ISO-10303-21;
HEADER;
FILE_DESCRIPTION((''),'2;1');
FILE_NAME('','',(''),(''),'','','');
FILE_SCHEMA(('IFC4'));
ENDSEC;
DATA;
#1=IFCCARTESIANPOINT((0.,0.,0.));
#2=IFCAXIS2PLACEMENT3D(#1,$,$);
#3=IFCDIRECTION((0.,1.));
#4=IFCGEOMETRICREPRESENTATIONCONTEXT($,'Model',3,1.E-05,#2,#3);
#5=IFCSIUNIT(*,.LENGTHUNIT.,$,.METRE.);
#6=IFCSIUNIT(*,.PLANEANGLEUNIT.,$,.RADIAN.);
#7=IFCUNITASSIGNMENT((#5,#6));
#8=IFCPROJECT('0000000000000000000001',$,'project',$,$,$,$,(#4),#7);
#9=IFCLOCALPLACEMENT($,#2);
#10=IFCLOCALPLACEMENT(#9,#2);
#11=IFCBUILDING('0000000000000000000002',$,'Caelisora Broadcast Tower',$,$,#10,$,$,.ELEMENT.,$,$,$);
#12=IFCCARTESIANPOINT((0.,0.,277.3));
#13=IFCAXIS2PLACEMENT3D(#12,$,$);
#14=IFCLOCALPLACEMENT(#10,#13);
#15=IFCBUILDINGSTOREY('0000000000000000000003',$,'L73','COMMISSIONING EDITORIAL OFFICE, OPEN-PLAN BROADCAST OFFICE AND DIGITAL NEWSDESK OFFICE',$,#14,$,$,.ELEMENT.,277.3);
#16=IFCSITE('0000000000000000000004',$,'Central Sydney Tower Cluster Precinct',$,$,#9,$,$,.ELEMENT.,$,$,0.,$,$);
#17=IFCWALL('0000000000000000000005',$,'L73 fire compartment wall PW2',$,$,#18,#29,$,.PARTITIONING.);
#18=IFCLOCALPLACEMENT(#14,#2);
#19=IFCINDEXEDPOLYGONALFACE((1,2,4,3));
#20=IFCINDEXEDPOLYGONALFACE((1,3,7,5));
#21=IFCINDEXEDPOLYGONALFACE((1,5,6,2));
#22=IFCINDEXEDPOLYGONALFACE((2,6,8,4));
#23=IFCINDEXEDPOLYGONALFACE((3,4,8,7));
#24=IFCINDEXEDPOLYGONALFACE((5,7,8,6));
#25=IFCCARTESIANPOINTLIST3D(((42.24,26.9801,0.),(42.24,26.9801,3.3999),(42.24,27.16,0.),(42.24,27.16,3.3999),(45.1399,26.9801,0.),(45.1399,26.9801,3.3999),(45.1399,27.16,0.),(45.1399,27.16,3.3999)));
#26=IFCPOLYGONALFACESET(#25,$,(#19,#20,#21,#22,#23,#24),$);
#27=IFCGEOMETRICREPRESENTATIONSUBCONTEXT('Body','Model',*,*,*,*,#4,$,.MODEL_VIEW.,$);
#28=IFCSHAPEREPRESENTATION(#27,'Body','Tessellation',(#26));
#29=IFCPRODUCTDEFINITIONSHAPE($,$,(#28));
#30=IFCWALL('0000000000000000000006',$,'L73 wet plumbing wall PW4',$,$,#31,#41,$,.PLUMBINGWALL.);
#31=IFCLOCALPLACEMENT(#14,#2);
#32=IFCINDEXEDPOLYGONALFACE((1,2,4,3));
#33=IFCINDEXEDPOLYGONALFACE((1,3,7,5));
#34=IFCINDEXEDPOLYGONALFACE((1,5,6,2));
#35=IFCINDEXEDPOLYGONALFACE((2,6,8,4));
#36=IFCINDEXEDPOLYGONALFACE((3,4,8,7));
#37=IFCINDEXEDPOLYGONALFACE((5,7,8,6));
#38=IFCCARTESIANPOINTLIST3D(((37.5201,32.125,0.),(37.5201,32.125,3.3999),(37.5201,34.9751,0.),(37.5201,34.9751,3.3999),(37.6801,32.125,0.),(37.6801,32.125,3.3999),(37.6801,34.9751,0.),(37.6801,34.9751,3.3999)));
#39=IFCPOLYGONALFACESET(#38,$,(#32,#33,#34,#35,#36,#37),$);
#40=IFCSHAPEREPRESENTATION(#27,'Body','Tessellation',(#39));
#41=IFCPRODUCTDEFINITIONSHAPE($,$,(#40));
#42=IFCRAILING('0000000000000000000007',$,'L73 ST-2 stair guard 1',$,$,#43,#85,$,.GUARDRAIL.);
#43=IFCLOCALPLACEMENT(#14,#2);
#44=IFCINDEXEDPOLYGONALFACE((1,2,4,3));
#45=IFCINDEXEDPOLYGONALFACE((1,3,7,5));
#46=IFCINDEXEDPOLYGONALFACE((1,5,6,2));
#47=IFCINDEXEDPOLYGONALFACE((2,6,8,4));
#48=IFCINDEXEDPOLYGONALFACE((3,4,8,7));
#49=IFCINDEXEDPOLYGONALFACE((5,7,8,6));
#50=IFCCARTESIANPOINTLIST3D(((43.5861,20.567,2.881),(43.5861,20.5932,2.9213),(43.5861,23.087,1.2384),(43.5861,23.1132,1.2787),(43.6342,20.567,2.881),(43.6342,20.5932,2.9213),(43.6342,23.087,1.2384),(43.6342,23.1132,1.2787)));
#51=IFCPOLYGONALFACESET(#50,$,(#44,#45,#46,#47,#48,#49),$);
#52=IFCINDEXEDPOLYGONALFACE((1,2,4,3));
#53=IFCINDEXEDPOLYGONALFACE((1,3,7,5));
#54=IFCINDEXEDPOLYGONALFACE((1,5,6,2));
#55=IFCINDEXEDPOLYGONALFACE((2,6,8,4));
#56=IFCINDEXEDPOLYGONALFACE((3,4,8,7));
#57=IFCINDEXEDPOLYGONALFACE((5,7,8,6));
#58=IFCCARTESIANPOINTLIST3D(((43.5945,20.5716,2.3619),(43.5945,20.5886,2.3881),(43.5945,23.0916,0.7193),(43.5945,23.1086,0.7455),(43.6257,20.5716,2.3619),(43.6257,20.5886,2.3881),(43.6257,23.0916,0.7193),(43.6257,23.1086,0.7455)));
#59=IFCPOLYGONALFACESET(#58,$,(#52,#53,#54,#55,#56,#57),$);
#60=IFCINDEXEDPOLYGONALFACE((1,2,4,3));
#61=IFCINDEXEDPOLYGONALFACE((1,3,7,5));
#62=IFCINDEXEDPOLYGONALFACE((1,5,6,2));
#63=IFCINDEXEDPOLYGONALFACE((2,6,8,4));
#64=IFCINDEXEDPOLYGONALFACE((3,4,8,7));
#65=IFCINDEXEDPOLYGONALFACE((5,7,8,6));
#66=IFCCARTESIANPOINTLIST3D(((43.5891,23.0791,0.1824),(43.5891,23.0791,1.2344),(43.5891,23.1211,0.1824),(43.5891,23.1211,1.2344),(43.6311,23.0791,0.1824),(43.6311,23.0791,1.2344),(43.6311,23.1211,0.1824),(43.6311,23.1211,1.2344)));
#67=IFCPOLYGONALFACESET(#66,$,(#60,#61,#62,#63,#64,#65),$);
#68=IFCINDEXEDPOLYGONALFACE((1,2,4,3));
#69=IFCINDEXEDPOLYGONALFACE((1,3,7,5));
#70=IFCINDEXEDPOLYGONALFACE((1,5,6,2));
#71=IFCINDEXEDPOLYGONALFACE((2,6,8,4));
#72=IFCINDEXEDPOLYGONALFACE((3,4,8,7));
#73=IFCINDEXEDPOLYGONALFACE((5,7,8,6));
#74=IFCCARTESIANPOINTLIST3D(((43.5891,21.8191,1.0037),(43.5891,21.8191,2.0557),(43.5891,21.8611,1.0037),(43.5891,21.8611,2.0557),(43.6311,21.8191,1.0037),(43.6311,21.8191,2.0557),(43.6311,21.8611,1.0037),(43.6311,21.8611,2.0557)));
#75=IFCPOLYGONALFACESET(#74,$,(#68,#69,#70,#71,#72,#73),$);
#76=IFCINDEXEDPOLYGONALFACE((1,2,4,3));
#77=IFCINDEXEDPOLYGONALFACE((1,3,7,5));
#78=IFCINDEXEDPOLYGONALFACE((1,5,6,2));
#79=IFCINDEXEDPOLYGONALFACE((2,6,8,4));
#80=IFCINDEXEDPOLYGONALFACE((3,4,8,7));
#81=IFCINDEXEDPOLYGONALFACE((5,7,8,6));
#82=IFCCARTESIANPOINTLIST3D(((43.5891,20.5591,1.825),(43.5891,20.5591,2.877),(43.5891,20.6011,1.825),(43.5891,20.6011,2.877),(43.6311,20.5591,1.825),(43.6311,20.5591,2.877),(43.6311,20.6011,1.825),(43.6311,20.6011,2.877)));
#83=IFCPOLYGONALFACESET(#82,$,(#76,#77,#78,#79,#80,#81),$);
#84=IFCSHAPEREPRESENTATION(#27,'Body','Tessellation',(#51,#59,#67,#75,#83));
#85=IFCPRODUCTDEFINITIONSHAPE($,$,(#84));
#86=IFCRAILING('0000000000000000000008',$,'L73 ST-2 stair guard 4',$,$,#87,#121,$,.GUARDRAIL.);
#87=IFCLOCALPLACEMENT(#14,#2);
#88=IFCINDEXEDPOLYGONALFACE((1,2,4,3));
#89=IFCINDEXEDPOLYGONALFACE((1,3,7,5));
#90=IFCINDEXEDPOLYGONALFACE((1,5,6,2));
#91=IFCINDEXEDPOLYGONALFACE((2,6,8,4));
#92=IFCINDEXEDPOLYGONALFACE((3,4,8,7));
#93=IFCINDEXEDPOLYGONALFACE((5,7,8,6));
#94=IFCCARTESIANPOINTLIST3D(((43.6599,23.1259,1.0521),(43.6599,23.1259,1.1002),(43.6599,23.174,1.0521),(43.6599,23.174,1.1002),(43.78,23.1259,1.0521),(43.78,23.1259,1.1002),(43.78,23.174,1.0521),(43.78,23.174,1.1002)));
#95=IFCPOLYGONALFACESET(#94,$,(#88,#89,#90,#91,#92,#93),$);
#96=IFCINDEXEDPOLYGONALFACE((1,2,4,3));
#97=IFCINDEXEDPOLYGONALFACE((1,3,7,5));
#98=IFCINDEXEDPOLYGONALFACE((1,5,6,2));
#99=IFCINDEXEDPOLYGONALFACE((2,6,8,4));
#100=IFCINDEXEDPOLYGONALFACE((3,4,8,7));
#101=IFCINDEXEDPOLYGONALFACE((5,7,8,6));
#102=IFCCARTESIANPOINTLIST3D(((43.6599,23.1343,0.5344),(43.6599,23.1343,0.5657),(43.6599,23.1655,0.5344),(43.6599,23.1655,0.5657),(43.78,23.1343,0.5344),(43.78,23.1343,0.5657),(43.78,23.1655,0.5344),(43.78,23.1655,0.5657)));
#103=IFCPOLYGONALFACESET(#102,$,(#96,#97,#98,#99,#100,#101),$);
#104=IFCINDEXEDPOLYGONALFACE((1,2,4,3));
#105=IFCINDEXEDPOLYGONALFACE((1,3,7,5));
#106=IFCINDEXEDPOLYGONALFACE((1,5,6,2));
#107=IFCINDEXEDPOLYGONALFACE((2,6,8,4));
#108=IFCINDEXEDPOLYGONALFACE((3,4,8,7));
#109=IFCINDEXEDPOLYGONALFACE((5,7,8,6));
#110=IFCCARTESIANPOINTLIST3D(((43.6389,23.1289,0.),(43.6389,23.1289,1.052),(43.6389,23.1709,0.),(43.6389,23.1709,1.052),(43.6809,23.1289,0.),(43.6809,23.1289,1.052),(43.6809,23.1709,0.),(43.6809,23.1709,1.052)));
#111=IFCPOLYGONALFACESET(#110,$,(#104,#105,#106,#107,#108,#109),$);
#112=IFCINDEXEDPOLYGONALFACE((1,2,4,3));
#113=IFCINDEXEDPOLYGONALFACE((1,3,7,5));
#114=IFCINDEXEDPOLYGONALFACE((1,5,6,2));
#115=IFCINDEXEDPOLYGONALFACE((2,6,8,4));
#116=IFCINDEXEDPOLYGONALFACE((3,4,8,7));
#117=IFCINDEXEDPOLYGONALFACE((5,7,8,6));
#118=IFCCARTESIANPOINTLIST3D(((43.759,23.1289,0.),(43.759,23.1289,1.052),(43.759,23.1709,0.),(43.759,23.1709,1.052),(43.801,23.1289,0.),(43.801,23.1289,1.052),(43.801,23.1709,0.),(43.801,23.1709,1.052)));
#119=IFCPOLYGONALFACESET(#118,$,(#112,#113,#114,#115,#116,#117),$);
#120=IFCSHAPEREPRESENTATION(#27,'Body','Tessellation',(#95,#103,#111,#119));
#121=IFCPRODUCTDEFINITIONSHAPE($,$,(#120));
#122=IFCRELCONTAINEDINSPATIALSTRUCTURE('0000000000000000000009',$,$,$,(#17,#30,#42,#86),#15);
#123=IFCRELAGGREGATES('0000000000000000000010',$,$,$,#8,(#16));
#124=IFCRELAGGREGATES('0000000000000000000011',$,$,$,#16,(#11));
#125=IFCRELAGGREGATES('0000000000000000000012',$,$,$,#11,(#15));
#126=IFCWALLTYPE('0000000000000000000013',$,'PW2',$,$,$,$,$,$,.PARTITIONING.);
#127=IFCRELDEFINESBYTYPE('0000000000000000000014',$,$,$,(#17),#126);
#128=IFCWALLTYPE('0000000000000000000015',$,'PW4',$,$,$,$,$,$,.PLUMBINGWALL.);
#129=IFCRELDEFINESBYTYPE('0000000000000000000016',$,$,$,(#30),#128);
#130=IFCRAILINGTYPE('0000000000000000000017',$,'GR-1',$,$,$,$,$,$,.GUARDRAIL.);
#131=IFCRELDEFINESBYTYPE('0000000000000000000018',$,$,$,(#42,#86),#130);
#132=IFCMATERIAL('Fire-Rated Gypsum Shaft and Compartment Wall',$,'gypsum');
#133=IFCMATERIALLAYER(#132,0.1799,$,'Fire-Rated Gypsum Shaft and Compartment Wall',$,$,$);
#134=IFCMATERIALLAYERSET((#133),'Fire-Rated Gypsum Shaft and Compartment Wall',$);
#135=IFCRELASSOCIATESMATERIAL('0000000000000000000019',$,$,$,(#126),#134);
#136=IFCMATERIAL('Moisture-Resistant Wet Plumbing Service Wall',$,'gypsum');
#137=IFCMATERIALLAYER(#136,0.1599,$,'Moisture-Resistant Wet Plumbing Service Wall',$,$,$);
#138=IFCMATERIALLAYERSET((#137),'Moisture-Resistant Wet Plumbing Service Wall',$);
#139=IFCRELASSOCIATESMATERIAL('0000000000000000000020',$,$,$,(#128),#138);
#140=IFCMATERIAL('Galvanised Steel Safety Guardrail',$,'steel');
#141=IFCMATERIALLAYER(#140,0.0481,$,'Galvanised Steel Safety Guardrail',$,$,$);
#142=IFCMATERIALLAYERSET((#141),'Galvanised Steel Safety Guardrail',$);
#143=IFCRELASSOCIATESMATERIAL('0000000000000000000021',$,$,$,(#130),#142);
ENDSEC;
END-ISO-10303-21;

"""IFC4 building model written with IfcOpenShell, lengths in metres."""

from ifc_helpers import new_model, si_unit, direction, frame, frame_2d, origin, origin_2d, place, context, subcontext, project, spatial, rectangle, extrude, material, layer, layer_set, type_object, element, save


model = new_model("IFC4")

# Units and contexts
model_context = context("Model", 3, precision=1e-05, world=origin(), true_north=direction((0.0, 1.0)))
body_context = subcontext(model_context, "Body", "Model", "MODEL_VIEW")
ifc_project = project(units=[si_unit("LENGTHUNIT", "METRE"), si_unit("PLANEANGLEUNIT", "RADIAN")], contexts=[model_context])

# Site, building, storey
site_placement = place(None, origin())
site = spatial("IfcSite", under=ifc_project, at=site_placement, Name="Central Sydney Tower Cluster Precinct", CompositionType="ELEMENT", RefElevation=0.0)
building_placement = place(site_placement, origin())
building = spatial("IfcBuilding", under=site, at=building_placement, Name="Caelisora Broadcast Tower", CompositionType="ELEMENT")
storey_placement = place(building_placement, frame((0.0, 0.0, 277.3)))
storey = spatial("IfcBuildingStorey", under=building, at=storey_placement, Name="L73", Description="COMMISSIONING EDITORIAL OFFICE, OPEN-PLAN BROADCAST OFFICE AND DIGITAL NEWSDESK OFFICE", CompositionType="ELEMENT", Elevation=277.3)

# Shared definitions
ifc_material_1 = material(Name="Fire-Rated Gypsum Shaft and Compartment Wall", Category="gypsum")
ifc_layer_1 = layer(ifc_material_1, 0.1799, Name="Fire-Rated Gypsum Shaft and Compartment Wall")
ifc_layer_set_1 = layer_set([ifc_layer_1], Name="Fire-Rated Gypsum Shaft and Compartment Wall")
wall_type_1 = type_object("IfcWallType", Name="PW2", PredefinedType="PARTITIONING", material=ifc_layer_set_1)

# Walls
wall_1_placement = place(storey_placement, frame((42.24, 27.0701, 0.0), z_axis=(0.0, 0.0, 1.0), x_axis=(1.0, 0.0, 0.0)))
element("IfcWall", 1, at=wall_1_placement, inside=storey, type_object=wall_type_1, Name="L73 fire compartment wall PW2", PredefinedType="PARTITIONING", context=body_context, shape_type="SweptSolid", body=[
    extrude(rectangle(XDim=2.8999, YDim=0.1799, at=frame_2d((1.45, 0.0))), origin(), (0.0, 0.0, 1.0), 3.3999),
])
ifc_material_2 = material(Name="Moisture-Resistant Wet Plumbing Service Wall", Category="gypsum")
ifc_layer_2 = layer(ifc_material_2, 0.1599, Name="Moisture-Resistant Wet Plumbing Service Wall")
ifc_layer_set_2 = layer_set([ifc_layer_2], Name="Moisture-Resistant Wet Plumbing Service Wall")
wall_type_2 = type_object("IfcWallType", Name="PW4", PredefinedType="PLUMBINGWALL", material=ifc_layer_set_2)
wall_2_placement = place(storey_placement, frame((37.6001, 32.125, 0.0), z_axis=(0.0, 0.0, 1.0), x_axis=(0.0, 1.0, 0.0)))
element("IfcWall", 2, at=wall_2_placement, inside=storey, type_object=wall_type_2, Name="L73 wet plumbing wall PW4", PredefinedType="PLUMBINGWALL", context=body_context, shape_type="SweptSolid", body=[
    extrude(rectangle(XDim=2.8501, YDim=0.1599, at=frame_2d((1.425, 0.0))), origin(), (0.0, 0.0, 1.0), 3.3999),
])

# Railings
ifc_material_3 = material(Name="Galvanised Steel Safety Guardrail", Category="steel")
ifc_layer_3 = layer(ifc_material_3, 0.0481, Name="Galvanised Steel Safety Guardrail")
ifc_layer_set_3 = layer_set([ifc_layer_3], Name="Galvanised Steel Safety Guardrail")
railing_type = type_object("IfcRailingType", Name="GR-1", PredefinedType="GUARDRAIL", material=ifc_layer_set_3)
railing_1_placement = place(storey_placement, frame((43.6101, 23.1001, 0.1824)))
element("IfcRailing", 3, at=railing_1_placement, inside=storey, type_object=railing_type, Name="L73 ST-2 stair guard 1", PredefinedType="GUARDRAIL", context=body_context, shape_type="SweptSolid", body=[
    extrude(rectangle(XDim=0.0481, YDim=0.0481, at=origin_2d()), frame((0.0, 0.0, 1.0762), z_axis=(0.0, -0.837749, 0.546055), x_axis=(1.0, 0.0, 0.0)), (0.0, 0.0, 1.0), 3.0081),
    extrude(rectangle(XDim=0.0312, YDim=0.0312, at=origin_2d()), frame((0.0, 0.0, 0.55), z_axis=(0.0, -0.837749, 0.546055), x_axis=(1.0, 0.0, 0.0)), (0.0, 0.0, 1.0), 3.0081),
    extrude(rectangle(XDim=0.042, YDim=0.042, at=origin_2d()), origin(), (0.0, 0.0, 1.0), 1.052),
    extrude(rectangle(XDim=0.042, YDim=0.042, at=origin_2d()), frame((0.0, -1.26, 0.8213)), (0.0, 0.0, 1.0), 1.052),
    extrude(rectangle(XDim=0.042, YDim=0.042, at=origin_2d()), frame((0.0, -2.52, 1.6426)), (0.0, 0.0, 1.0), 1.052),
])
railing_2_placement = place(storey_placement, frame((43.6599, 23.1499, 0.0)))
element("IfcRailing", 4, at=railing_2_placement, inside=storey, type_object=railing_type, Name="L73 ST-2 stair guard 4", PredefinedType="GUARDRAIL", context=body_context, shape_type="SweptSolid", body=[
    extrude(rectangle(XDim=0.0481, YDim=0.0481, at=origin_2d()), frame((0.0, 0.0, 1.0762), z_axis=(1.0, 0.0, 0.0), x_axis=(0.0, 1.0, 0.0)), (0.0, 0.0, 1.0), 0.1201),
    extrude(rectangle(XDim=0.0312, YDim=0.0312, at=origin_2d()), frame((0.0, 0.0, 0.55), z_axis=(1.0, 0.0, 0.0), x_axis=(0.0, 1.0, 0.0)), (0.0, 0.0, 1.0), 0.1201),
    extrude(rectangle(XDim=0.042, YDim=0.042, at=origin_2d()), origin(), (0.0, 0.0, 1.0), 1.052),
    extrude(rectangle(XDim=0.042, YDim=0.042, at=origin_2d()), frame((0.1201, 0.0, 0.0)), (0.0, 0.0, 1.0), 1.052),
])

save(model, "model.ifc")
